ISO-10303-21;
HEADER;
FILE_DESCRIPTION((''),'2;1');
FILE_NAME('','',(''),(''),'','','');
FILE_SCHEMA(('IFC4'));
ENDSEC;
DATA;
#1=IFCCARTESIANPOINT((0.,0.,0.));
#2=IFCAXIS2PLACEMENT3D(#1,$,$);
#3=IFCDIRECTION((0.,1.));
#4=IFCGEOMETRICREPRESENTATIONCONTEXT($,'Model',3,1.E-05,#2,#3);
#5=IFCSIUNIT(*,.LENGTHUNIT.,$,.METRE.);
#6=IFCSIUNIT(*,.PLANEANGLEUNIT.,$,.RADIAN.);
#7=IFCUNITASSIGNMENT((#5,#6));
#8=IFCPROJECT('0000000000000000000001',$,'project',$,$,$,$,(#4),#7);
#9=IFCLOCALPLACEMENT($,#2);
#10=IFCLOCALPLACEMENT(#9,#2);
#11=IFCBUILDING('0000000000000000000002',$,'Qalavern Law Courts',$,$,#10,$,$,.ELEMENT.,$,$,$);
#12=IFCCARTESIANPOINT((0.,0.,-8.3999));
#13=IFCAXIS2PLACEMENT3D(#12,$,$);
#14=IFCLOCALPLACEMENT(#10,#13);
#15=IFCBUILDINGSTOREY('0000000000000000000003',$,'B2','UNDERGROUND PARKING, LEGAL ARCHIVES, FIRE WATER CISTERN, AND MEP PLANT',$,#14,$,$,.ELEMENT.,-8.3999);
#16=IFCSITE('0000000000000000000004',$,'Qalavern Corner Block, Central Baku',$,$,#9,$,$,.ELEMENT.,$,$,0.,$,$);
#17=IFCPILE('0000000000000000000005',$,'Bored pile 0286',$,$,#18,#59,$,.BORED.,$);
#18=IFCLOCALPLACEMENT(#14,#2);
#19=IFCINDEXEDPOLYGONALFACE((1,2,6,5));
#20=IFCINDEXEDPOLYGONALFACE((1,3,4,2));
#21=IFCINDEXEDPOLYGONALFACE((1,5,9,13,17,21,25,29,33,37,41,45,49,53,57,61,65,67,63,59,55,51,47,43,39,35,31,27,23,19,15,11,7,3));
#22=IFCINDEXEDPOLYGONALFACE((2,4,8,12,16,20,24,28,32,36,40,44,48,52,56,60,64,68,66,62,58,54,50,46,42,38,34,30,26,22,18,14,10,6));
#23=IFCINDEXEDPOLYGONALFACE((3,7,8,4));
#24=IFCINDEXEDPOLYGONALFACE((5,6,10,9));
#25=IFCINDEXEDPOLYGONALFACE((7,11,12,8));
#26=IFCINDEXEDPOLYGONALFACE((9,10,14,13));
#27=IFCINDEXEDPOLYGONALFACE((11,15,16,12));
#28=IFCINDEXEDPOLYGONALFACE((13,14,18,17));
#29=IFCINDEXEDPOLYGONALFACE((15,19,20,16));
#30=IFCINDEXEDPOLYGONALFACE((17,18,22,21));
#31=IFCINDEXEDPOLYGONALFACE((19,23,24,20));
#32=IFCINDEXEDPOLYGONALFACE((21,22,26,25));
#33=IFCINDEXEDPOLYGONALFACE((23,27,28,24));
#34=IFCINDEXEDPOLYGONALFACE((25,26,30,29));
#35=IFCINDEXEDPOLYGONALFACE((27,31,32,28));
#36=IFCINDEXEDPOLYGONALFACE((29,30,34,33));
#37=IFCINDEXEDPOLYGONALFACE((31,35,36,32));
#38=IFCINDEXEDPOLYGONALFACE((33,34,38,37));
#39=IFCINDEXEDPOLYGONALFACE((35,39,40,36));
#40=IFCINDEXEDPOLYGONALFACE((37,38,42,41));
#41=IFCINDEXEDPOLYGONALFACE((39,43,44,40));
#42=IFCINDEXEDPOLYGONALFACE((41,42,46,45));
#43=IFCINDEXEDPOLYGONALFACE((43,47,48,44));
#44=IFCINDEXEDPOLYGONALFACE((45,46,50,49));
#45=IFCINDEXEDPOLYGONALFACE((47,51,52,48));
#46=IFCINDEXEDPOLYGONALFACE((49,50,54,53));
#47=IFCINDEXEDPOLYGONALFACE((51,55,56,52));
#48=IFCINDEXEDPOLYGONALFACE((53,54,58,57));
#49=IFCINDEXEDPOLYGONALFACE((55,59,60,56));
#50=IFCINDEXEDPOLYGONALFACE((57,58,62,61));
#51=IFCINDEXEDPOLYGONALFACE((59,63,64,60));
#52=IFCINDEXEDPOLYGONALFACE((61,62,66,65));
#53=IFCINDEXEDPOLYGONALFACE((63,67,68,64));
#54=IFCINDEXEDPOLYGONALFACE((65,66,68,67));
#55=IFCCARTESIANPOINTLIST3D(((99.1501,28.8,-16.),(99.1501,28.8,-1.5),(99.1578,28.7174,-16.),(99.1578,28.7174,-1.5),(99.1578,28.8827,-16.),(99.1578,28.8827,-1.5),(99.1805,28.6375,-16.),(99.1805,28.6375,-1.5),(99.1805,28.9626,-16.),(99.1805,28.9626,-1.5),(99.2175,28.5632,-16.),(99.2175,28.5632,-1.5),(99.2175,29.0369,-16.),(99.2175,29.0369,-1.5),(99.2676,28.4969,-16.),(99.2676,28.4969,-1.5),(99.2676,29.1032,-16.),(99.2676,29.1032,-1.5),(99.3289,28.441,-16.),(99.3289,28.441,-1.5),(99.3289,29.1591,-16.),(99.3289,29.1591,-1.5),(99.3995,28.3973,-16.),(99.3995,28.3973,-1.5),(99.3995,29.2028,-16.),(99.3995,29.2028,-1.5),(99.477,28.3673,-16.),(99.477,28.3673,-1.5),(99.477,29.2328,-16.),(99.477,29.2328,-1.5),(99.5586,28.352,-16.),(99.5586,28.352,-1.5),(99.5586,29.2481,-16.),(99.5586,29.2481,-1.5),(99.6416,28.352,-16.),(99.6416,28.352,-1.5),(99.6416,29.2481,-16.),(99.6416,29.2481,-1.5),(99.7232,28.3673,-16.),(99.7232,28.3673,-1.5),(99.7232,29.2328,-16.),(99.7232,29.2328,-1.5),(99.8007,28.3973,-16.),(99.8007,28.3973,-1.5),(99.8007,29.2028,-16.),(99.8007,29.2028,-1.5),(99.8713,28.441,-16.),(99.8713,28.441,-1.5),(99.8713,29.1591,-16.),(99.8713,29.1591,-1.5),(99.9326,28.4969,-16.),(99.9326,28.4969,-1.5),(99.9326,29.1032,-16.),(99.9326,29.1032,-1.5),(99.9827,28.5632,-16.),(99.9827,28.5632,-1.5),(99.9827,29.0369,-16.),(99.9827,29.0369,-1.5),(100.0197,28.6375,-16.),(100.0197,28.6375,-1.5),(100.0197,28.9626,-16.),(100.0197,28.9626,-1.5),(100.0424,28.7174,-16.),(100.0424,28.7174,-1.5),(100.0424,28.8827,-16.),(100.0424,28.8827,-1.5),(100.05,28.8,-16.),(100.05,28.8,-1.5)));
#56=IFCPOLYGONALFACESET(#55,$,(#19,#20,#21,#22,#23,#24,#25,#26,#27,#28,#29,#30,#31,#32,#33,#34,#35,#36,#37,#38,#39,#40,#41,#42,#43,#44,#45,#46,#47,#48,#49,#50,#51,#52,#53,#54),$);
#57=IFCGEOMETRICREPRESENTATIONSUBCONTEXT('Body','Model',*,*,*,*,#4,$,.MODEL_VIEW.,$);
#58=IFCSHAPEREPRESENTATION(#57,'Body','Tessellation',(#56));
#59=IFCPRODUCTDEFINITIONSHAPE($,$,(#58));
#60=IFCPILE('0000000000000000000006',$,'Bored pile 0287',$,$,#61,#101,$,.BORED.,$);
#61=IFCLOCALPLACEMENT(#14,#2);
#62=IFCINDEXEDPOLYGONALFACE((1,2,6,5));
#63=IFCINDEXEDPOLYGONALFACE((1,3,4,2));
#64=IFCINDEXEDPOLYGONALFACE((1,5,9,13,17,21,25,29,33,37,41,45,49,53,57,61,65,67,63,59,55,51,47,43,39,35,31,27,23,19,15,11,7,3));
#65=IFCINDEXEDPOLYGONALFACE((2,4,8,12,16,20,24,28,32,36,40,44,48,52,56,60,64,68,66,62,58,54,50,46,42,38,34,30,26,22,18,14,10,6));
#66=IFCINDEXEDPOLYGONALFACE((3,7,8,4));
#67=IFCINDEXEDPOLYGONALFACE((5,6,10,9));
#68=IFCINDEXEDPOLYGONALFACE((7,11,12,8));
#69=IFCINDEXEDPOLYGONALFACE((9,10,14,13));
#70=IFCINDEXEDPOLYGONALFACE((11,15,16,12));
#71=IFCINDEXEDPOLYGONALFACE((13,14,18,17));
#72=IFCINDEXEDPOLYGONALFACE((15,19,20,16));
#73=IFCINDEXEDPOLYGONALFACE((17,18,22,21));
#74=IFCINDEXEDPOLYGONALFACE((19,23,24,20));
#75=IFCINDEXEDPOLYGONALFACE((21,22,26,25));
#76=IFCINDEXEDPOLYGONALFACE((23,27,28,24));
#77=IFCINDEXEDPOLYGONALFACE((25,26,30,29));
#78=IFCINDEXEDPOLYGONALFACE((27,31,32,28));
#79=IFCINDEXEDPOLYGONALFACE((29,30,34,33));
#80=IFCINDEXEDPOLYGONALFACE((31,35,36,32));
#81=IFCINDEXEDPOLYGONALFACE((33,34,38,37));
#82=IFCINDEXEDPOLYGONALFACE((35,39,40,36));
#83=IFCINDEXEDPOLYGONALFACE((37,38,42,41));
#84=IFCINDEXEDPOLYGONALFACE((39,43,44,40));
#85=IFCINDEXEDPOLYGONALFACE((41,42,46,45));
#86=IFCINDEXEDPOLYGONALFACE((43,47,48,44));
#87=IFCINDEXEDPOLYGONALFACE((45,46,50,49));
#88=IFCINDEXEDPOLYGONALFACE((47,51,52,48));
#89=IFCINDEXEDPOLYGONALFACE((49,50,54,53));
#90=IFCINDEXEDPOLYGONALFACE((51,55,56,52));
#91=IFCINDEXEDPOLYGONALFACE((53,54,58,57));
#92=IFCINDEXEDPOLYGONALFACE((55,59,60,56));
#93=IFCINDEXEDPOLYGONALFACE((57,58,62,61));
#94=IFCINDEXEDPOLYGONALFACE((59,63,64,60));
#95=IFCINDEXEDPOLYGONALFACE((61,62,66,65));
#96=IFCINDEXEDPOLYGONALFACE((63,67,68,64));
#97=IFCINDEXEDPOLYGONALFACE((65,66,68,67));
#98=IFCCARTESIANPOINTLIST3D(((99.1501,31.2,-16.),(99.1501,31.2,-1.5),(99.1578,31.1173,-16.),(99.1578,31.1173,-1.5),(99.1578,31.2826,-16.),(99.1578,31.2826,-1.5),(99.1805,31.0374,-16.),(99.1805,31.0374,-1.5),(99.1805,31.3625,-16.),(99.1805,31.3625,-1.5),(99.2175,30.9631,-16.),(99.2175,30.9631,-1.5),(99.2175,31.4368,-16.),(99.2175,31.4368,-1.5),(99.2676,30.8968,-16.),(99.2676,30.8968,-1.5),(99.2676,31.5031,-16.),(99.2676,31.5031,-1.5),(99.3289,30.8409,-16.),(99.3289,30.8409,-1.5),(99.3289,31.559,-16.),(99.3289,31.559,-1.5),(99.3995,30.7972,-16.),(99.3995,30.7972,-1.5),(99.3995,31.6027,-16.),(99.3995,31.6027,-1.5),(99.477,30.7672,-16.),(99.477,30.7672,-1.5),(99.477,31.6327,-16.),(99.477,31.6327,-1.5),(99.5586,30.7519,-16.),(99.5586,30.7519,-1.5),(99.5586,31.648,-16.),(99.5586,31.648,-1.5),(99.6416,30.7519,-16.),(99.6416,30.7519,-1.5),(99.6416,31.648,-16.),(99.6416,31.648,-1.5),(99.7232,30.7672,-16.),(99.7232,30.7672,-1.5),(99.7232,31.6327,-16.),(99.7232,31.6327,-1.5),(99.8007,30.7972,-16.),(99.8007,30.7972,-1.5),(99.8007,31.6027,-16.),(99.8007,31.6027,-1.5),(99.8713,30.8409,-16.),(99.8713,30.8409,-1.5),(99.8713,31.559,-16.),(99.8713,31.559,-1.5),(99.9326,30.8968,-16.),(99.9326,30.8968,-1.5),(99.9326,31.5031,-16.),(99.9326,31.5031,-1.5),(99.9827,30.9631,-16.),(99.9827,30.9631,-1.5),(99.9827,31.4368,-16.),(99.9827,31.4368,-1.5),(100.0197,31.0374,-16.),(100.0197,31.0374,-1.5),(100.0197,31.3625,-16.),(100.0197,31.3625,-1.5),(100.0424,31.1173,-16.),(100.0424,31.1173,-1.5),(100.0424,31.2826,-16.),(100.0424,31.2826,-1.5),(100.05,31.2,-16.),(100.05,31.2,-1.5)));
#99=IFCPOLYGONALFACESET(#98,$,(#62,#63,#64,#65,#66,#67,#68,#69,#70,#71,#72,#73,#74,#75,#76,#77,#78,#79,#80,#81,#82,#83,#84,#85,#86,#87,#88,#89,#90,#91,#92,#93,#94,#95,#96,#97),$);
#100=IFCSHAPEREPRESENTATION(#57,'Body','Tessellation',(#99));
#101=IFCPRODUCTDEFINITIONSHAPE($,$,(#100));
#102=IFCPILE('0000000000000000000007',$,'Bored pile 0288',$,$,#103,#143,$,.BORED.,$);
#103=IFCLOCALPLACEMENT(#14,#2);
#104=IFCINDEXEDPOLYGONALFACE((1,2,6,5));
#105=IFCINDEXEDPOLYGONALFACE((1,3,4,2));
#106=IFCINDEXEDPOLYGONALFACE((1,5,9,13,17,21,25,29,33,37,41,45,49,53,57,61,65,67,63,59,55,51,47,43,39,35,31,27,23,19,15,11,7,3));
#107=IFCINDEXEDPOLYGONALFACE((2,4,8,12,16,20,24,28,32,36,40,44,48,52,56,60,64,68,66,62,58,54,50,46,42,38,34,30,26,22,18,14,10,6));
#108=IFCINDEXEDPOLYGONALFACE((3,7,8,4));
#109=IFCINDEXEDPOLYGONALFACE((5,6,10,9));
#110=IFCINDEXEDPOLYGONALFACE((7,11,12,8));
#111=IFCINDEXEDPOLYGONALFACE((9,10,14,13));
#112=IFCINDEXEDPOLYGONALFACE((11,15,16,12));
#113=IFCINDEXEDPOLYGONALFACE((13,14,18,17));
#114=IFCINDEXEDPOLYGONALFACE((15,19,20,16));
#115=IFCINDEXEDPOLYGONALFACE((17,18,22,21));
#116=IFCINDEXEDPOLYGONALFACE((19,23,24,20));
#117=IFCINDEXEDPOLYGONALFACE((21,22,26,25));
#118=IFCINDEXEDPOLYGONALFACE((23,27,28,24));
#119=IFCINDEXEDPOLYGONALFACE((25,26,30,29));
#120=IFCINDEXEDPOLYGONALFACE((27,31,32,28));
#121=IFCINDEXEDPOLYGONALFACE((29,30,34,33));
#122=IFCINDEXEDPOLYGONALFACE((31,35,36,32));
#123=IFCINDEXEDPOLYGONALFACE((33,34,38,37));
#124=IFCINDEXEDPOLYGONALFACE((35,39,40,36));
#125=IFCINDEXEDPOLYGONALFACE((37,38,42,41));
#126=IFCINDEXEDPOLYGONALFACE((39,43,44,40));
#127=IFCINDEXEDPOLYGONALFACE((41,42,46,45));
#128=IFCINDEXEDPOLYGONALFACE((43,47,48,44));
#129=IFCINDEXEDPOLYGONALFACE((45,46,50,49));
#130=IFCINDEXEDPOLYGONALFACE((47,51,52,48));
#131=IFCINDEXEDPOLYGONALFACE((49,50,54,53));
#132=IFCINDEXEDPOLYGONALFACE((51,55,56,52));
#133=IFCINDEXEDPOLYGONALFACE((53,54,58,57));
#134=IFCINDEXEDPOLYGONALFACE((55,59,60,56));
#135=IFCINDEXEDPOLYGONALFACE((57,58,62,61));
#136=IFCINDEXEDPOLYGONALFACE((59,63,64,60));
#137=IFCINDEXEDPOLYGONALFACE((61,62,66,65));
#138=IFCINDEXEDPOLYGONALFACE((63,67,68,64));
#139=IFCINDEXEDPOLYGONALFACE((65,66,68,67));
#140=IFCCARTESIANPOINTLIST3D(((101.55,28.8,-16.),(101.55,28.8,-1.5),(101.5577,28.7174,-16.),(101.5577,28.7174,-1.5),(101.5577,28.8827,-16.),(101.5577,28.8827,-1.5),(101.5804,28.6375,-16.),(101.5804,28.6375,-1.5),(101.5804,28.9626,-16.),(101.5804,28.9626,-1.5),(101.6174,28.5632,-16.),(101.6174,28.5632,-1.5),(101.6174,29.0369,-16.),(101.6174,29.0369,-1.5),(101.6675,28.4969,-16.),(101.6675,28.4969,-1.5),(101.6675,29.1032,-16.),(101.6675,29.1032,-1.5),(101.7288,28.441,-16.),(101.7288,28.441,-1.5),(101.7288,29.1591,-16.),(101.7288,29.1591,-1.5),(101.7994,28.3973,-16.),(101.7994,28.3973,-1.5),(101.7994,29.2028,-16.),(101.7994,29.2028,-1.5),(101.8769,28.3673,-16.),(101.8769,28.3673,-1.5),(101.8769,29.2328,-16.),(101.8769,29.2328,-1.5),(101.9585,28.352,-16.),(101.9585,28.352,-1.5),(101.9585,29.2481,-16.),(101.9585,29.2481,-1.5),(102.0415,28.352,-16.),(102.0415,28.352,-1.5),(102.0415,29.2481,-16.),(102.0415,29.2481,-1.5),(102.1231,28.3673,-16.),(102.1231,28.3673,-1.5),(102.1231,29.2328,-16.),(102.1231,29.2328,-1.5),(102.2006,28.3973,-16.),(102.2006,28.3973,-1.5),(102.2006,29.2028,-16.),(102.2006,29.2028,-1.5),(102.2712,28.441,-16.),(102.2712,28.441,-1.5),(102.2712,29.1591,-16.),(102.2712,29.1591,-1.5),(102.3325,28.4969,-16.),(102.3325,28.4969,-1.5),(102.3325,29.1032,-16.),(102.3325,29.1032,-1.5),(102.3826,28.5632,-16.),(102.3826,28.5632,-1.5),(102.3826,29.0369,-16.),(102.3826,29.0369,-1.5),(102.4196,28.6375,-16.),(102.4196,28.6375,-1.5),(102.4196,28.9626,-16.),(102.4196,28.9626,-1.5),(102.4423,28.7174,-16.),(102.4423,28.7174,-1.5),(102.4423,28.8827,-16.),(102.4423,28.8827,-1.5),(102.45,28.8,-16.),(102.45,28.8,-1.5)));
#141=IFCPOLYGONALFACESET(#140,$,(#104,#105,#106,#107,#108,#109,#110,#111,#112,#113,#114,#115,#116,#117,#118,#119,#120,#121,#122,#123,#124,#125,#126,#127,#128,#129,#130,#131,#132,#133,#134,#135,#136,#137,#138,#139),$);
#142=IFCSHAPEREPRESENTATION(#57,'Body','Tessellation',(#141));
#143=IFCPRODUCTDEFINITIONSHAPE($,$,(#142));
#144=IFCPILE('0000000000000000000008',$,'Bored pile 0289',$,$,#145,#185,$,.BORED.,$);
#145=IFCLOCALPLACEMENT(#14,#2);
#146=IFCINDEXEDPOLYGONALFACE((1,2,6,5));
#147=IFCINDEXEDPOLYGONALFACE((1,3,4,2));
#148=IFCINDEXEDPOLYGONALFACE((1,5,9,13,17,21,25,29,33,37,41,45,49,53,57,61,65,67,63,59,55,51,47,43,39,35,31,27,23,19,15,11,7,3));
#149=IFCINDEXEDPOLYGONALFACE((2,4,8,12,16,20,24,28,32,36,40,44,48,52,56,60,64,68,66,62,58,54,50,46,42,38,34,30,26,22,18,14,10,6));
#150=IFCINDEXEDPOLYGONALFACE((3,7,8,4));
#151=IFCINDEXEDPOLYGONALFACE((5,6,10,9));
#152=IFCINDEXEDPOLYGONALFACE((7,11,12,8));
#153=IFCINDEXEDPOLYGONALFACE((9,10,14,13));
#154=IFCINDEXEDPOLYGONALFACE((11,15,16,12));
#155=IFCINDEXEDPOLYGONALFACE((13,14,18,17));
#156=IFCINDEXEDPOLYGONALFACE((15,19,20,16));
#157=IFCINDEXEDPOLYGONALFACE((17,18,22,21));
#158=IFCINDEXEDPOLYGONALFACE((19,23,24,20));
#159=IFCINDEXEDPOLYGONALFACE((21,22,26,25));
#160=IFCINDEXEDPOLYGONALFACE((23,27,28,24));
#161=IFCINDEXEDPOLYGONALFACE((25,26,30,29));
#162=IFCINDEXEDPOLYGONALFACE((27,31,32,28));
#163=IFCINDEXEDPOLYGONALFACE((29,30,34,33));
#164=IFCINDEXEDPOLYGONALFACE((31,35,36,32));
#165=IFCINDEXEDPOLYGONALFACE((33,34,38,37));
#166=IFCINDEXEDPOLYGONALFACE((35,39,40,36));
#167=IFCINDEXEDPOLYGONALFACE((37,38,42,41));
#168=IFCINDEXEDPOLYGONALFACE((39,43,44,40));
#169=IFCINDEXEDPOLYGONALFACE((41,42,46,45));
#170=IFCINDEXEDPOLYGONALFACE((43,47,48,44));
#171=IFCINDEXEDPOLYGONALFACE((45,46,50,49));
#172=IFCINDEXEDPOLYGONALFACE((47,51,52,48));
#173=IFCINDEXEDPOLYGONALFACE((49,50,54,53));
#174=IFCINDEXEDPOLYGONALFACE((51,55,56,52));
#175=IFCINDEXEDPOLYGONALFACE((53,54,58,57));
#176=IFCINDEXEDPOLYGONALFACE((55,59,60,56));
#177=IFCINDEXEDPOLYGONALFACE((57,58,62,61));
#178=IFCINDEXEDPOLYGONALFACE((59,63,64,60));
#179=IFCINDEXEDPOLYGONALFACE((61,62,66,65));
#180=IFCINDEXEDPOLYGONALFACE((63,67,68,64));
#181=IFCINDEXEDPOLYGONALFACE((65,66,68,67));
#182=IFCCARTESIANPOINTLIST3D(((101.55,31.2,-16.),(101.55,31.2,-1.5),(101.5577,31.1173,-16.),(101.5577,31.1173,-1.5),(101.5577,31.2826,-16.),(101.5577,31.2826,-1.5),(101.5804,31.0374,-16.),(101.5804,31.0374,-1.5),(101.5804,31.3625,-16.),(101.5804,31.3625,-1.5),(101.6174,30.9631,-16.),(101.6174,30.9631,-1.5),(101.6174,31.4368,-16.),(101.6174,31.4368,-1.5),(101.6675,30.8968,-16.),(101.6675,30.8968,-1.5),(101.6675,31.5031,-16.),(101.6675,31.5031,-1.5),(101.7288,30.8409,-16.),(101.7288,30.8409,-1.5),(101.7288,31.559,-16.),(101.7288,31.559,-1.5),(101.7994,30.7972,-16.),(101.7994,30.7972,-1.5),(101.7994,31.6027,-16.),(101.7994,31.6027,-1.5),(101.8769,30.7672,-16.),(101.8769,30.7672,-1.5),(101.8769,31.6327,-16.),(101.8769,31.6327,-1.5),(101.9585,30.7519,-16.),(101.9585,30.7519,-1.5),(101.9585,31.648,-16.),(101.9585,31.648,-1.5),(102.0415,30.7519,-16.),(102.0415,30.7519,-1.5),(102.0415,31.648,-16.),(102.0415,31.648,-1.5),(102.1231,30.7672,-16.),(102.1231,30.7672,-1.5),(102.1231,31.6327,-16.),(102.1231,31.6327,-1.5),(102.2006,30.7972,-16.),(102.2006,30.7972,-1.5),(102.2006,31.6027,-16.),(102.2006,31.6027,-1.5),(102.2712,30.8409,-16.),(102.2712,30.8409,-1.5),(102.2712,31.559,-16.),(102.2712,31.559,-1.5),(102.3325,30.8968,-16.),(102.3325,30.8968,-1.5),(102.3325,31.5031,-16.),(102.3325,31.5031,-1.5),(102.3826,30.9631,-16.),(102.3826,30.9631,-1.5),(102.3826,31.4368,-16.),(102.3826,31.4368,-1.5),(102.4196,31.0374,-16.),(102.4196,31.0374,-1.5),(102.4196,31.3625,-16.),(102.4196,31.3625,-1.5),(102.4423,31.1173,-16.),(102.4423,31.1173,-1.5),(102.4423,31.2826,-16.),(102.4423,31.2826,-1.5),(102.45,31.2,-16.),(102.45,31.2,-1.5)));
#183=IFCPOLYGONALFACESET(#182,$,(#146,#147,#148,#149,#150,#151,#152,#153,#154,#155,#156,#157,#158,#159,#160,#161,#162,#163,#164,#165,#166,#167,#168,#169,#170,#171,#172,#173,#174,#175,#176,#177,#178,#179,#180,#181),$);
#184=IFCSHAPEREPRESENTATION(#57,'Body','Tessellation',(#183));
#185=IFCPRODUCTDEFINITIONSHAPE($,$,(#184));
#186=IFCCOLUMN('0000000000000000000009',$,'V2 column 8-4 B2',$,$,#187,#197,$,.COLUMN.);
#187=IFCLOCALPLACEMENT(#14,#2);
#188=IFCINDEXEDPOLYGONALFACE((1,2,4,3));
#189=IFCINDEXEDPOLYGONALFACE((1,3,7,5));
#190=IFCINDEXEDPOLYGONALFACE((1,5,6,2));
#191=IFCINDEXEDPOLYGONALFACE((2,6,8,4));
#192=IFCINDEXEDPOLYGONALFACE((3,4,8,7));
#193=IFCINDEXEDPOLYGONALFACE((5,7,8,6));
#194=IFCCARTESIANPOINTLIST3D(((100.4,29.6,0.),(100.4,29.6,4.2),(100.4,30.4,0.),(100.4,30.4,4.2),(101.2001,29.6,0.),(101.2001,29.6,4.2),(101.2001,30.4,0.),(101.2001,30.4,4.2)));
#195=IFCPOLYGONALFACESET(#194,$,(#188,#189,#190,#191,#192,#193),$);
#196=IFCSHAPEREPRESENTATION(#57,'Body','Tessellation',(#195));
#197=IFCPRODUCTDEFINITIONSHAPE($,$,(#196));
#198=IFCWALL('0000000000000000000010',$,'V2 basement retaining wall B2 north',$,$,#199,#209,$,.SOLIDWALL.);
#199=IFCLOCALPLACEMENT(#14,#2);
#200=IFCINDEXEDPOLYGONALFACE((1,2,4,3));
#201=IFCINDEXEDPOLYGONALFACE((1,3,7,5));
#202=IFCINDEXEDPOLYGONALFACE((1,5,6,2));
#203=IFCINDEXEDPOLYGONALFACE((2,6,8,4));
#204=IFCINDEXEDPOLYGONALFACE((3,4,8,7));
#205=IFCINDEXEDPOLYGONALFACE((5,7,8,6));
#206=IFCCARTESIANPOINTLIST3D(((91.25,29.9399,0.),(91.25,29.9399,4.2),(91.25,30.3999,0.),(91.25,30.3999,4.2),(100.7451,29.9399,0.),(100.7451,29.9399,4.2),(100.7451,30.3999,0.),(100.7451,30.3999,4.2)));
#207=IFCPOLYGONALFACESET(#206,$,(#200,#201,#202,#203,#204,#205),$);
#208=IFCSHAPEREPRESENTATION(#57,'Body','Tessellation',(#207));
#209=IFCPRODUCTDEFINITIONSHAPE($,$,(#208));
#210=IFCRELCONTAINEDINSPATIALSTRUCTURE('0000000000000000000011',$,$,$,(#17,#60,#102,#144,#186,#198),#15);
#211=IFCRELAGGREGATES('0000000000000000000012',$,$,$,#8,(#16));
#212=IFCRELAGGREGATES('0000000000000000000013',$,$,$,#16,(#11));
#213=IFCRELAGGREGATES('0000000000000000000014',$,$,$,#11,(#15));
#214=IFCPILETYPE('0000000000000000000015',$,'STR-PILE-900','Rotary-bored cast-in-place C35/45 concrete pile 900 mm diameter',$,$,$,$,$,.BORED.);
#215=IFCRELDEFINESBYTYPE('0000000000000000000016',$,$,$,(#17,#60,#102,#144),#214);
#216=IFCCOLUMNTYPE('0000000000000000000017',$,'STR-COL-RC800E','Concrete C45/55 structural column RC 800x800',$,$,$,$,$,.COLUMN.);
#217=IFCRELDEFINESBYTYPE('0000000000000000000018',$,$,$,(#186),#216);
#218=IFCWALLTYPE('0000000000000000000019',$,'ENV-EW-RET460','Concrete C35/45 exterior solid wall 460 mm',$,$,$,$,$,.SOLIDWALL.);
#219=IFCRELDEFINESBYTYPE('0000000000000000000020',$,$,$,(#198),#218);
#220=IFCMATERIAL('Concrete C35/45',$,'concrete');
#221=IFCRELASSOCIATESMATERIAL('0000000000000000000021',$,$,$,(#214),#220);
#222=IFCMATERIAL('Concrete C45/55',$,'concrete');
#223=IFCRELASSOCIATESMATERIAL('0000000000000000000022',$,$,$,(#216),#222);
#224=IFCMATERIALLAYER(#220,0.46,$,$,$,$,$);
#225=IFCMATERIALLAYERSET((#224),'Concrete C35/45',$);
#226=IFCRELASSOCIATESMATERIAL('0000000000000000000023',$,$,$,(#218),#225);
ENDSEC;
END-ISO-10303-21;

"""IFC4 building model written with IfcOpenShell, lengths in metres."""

from ifc_helpers import new_model, si_unit, direction, frame, frame_2d, origin, origin_2d, place, context, subcontext, project, spatial, rectangle, circle, extrude, material, layer, layer_set, material_profile, profile_set, type_object, element, save


model = new_model("IFC4")

# Units and contexts
model_context = context("Model", 3, precision=1e-05, world=origin(), true_north=direction((0.0, 1.0)))
body_context = subcontext(model_context, "Body", "Model", "MODEL_VIEW")
ifc_project = project(units=[si_unit("LENGTHUNIT", "METRE"), si_unit("PLANEANGLEUNIT", "RADIAN")], contexts=[model_context])

# Site, building, storey
site_placement = place(None, origin())
site = spatial("IfcSite", under=ifc_project, at=site_placement, Name="Qalavern Corner Block, Central Baku", CompositionType="ELEMENT", RefElevation=0.0)
building_placement = place(site_placement, origin())
building = spatial("IfcBuilding", under=site, at=building_placement, Name="Qalavern Law Courts", CompositionType="ELEMENT")
storey_placement = place(building_placement, frame((0.0, 0.0, -8.3999)))
storey = spatial("IfcBuildingStorey", under=building, at=storey_placement, Name="B2", Description="UNDERGROUND PARKING, LEGAL ARCHIVES, FIRE WATER CISTERN, AND MEP PLANT", CompositionType="ELEMENT", Elevation=-8.3999)

# Shared definitions
ifc_material_1 = material(Name="Concrete C35/45", Category="concrete")

# Piles
ifc_material_profile_1 = material_profile(ifc_material_1, circle(Radius=0.45, at=origin_2d()), Name="BORED PILE 900")
ifc_profile_set_1 = profile_set([ifc_material_profile_1], Name="Concrete C35/45")
pile_type_1 = type_object("IfcPileType", Name="STR-PILE-900", Description="Rotary-bored cast-in-place C35/45 concrete pile 900 mm diameter", PredefinedType="BORED", material=ifc_profile_set_1)
for number, where, z_axis, x_axis, name in (
    (1, (99.6001, 28.8, -1.5), (0.0, 0.0, -1.0), (1.0, 0.0, 0.0), "Bored pile 0286"),
    (2, (99.6001, 31.2, -1.5), (0.0, 0.0, -1.0), (1.0, 0.0, 0.0), "Bored pile 0287"),
    (3, (102.0, 28.8, -1.5), (0.0, 0.0, -1.0), (1.0, 0.0, 0.0), "Bored pile 0288"),
    (4, (102.0, 31.2, -1.5), (0.0, 0.0, -1.0), (1.0, 0.0, 0.0), "Bored pile 0289"),
):
    element("IfcPile", number, at=place(storey_placement, frame(where, z_axis=z_axis, x_axis=x_axis)), inside=storey, type_object=pile_type_1, Name=name, PredefinedType="BORED", context=body_context, shape_type="SweptSolid", body=[
        extrude(circle(Radius=0.45, at=origin_2d()), origin(), (0.0, 0.0, 1.0), 14.5),
    ])

# Column
ifc_material_2 = material(Name="Concrete C45/55", Category="concrete")
ifc_material_profile_2 = material_profile(ifc_material_2, rectangle(XDim=0.8, YDim=0.8, at=origin_2d()), Name="RC 800x800")
ifc_profile_set_2 = profile_set([ifc_material_profile_2], Name="Concrete C45/55")
column_type = type_object("IfcColumnType", Name="STR-COL-RC800E", Description="Concrete C45/55 structural column RC 800x800", PredefinedType="COLUMN", material=ifc_profile_set_2)
column_placement = place(storey_placement, frame((100.8, 30.0, 0.0), z_axis=(0.0, 0.0, 1.0), x_axis=(1.0, 0.0, 0.0)))
element("IfcColumn", 5, at=column_placement, inside=storey, type_object=column_type, Name="V2 column 8-4 B2", PredefinedType="COLUMN", context=body_context, shape_type="SweptSolid", body=[
    extrude(rectangle(XDim=0.8, YDim=0.8, at=origin_2d()), origin(), (0.0, 0.0, 1.0), 4.2),
])

# Wall
ifc_layer_1 = layer(ifc_material_1, 0.46)
ifc_layer_set_1 = layer_set([ifc_layer_1], Name="Concrete C35/45")
wall_type_1 = type_object("IfcWallType", Name="ENV-EW-RET460", Description="Concrete C35/45 exterior solid wall 460 mm", PredefinedType="SOLIDWALL", material=ifc_layer_set_1)
wall_1_placement = place(storey_placement, frame((100.7451, 30.1699, 0.0), z_axis=(0.0, 0.0, 1.0), x_axis=(-1.0, 0.0, 0.0)))
element("IfcWall", 6, at=wall_1_placement, inside=storey, type_object=wall_type_1, Name="V2 basement retaining wall B2 north", PredefinedType="SOLIDWALL", context=body_context, shape_type="SweptSolid", body=[
    extrude(rectangle(XDim=9.4951, YDim=0.46, at=frame_2d((4.7476, 0.0))), origin(), (0.0, 0.0, 1.0), 4.2),
])

save(model, "model.ifc")
